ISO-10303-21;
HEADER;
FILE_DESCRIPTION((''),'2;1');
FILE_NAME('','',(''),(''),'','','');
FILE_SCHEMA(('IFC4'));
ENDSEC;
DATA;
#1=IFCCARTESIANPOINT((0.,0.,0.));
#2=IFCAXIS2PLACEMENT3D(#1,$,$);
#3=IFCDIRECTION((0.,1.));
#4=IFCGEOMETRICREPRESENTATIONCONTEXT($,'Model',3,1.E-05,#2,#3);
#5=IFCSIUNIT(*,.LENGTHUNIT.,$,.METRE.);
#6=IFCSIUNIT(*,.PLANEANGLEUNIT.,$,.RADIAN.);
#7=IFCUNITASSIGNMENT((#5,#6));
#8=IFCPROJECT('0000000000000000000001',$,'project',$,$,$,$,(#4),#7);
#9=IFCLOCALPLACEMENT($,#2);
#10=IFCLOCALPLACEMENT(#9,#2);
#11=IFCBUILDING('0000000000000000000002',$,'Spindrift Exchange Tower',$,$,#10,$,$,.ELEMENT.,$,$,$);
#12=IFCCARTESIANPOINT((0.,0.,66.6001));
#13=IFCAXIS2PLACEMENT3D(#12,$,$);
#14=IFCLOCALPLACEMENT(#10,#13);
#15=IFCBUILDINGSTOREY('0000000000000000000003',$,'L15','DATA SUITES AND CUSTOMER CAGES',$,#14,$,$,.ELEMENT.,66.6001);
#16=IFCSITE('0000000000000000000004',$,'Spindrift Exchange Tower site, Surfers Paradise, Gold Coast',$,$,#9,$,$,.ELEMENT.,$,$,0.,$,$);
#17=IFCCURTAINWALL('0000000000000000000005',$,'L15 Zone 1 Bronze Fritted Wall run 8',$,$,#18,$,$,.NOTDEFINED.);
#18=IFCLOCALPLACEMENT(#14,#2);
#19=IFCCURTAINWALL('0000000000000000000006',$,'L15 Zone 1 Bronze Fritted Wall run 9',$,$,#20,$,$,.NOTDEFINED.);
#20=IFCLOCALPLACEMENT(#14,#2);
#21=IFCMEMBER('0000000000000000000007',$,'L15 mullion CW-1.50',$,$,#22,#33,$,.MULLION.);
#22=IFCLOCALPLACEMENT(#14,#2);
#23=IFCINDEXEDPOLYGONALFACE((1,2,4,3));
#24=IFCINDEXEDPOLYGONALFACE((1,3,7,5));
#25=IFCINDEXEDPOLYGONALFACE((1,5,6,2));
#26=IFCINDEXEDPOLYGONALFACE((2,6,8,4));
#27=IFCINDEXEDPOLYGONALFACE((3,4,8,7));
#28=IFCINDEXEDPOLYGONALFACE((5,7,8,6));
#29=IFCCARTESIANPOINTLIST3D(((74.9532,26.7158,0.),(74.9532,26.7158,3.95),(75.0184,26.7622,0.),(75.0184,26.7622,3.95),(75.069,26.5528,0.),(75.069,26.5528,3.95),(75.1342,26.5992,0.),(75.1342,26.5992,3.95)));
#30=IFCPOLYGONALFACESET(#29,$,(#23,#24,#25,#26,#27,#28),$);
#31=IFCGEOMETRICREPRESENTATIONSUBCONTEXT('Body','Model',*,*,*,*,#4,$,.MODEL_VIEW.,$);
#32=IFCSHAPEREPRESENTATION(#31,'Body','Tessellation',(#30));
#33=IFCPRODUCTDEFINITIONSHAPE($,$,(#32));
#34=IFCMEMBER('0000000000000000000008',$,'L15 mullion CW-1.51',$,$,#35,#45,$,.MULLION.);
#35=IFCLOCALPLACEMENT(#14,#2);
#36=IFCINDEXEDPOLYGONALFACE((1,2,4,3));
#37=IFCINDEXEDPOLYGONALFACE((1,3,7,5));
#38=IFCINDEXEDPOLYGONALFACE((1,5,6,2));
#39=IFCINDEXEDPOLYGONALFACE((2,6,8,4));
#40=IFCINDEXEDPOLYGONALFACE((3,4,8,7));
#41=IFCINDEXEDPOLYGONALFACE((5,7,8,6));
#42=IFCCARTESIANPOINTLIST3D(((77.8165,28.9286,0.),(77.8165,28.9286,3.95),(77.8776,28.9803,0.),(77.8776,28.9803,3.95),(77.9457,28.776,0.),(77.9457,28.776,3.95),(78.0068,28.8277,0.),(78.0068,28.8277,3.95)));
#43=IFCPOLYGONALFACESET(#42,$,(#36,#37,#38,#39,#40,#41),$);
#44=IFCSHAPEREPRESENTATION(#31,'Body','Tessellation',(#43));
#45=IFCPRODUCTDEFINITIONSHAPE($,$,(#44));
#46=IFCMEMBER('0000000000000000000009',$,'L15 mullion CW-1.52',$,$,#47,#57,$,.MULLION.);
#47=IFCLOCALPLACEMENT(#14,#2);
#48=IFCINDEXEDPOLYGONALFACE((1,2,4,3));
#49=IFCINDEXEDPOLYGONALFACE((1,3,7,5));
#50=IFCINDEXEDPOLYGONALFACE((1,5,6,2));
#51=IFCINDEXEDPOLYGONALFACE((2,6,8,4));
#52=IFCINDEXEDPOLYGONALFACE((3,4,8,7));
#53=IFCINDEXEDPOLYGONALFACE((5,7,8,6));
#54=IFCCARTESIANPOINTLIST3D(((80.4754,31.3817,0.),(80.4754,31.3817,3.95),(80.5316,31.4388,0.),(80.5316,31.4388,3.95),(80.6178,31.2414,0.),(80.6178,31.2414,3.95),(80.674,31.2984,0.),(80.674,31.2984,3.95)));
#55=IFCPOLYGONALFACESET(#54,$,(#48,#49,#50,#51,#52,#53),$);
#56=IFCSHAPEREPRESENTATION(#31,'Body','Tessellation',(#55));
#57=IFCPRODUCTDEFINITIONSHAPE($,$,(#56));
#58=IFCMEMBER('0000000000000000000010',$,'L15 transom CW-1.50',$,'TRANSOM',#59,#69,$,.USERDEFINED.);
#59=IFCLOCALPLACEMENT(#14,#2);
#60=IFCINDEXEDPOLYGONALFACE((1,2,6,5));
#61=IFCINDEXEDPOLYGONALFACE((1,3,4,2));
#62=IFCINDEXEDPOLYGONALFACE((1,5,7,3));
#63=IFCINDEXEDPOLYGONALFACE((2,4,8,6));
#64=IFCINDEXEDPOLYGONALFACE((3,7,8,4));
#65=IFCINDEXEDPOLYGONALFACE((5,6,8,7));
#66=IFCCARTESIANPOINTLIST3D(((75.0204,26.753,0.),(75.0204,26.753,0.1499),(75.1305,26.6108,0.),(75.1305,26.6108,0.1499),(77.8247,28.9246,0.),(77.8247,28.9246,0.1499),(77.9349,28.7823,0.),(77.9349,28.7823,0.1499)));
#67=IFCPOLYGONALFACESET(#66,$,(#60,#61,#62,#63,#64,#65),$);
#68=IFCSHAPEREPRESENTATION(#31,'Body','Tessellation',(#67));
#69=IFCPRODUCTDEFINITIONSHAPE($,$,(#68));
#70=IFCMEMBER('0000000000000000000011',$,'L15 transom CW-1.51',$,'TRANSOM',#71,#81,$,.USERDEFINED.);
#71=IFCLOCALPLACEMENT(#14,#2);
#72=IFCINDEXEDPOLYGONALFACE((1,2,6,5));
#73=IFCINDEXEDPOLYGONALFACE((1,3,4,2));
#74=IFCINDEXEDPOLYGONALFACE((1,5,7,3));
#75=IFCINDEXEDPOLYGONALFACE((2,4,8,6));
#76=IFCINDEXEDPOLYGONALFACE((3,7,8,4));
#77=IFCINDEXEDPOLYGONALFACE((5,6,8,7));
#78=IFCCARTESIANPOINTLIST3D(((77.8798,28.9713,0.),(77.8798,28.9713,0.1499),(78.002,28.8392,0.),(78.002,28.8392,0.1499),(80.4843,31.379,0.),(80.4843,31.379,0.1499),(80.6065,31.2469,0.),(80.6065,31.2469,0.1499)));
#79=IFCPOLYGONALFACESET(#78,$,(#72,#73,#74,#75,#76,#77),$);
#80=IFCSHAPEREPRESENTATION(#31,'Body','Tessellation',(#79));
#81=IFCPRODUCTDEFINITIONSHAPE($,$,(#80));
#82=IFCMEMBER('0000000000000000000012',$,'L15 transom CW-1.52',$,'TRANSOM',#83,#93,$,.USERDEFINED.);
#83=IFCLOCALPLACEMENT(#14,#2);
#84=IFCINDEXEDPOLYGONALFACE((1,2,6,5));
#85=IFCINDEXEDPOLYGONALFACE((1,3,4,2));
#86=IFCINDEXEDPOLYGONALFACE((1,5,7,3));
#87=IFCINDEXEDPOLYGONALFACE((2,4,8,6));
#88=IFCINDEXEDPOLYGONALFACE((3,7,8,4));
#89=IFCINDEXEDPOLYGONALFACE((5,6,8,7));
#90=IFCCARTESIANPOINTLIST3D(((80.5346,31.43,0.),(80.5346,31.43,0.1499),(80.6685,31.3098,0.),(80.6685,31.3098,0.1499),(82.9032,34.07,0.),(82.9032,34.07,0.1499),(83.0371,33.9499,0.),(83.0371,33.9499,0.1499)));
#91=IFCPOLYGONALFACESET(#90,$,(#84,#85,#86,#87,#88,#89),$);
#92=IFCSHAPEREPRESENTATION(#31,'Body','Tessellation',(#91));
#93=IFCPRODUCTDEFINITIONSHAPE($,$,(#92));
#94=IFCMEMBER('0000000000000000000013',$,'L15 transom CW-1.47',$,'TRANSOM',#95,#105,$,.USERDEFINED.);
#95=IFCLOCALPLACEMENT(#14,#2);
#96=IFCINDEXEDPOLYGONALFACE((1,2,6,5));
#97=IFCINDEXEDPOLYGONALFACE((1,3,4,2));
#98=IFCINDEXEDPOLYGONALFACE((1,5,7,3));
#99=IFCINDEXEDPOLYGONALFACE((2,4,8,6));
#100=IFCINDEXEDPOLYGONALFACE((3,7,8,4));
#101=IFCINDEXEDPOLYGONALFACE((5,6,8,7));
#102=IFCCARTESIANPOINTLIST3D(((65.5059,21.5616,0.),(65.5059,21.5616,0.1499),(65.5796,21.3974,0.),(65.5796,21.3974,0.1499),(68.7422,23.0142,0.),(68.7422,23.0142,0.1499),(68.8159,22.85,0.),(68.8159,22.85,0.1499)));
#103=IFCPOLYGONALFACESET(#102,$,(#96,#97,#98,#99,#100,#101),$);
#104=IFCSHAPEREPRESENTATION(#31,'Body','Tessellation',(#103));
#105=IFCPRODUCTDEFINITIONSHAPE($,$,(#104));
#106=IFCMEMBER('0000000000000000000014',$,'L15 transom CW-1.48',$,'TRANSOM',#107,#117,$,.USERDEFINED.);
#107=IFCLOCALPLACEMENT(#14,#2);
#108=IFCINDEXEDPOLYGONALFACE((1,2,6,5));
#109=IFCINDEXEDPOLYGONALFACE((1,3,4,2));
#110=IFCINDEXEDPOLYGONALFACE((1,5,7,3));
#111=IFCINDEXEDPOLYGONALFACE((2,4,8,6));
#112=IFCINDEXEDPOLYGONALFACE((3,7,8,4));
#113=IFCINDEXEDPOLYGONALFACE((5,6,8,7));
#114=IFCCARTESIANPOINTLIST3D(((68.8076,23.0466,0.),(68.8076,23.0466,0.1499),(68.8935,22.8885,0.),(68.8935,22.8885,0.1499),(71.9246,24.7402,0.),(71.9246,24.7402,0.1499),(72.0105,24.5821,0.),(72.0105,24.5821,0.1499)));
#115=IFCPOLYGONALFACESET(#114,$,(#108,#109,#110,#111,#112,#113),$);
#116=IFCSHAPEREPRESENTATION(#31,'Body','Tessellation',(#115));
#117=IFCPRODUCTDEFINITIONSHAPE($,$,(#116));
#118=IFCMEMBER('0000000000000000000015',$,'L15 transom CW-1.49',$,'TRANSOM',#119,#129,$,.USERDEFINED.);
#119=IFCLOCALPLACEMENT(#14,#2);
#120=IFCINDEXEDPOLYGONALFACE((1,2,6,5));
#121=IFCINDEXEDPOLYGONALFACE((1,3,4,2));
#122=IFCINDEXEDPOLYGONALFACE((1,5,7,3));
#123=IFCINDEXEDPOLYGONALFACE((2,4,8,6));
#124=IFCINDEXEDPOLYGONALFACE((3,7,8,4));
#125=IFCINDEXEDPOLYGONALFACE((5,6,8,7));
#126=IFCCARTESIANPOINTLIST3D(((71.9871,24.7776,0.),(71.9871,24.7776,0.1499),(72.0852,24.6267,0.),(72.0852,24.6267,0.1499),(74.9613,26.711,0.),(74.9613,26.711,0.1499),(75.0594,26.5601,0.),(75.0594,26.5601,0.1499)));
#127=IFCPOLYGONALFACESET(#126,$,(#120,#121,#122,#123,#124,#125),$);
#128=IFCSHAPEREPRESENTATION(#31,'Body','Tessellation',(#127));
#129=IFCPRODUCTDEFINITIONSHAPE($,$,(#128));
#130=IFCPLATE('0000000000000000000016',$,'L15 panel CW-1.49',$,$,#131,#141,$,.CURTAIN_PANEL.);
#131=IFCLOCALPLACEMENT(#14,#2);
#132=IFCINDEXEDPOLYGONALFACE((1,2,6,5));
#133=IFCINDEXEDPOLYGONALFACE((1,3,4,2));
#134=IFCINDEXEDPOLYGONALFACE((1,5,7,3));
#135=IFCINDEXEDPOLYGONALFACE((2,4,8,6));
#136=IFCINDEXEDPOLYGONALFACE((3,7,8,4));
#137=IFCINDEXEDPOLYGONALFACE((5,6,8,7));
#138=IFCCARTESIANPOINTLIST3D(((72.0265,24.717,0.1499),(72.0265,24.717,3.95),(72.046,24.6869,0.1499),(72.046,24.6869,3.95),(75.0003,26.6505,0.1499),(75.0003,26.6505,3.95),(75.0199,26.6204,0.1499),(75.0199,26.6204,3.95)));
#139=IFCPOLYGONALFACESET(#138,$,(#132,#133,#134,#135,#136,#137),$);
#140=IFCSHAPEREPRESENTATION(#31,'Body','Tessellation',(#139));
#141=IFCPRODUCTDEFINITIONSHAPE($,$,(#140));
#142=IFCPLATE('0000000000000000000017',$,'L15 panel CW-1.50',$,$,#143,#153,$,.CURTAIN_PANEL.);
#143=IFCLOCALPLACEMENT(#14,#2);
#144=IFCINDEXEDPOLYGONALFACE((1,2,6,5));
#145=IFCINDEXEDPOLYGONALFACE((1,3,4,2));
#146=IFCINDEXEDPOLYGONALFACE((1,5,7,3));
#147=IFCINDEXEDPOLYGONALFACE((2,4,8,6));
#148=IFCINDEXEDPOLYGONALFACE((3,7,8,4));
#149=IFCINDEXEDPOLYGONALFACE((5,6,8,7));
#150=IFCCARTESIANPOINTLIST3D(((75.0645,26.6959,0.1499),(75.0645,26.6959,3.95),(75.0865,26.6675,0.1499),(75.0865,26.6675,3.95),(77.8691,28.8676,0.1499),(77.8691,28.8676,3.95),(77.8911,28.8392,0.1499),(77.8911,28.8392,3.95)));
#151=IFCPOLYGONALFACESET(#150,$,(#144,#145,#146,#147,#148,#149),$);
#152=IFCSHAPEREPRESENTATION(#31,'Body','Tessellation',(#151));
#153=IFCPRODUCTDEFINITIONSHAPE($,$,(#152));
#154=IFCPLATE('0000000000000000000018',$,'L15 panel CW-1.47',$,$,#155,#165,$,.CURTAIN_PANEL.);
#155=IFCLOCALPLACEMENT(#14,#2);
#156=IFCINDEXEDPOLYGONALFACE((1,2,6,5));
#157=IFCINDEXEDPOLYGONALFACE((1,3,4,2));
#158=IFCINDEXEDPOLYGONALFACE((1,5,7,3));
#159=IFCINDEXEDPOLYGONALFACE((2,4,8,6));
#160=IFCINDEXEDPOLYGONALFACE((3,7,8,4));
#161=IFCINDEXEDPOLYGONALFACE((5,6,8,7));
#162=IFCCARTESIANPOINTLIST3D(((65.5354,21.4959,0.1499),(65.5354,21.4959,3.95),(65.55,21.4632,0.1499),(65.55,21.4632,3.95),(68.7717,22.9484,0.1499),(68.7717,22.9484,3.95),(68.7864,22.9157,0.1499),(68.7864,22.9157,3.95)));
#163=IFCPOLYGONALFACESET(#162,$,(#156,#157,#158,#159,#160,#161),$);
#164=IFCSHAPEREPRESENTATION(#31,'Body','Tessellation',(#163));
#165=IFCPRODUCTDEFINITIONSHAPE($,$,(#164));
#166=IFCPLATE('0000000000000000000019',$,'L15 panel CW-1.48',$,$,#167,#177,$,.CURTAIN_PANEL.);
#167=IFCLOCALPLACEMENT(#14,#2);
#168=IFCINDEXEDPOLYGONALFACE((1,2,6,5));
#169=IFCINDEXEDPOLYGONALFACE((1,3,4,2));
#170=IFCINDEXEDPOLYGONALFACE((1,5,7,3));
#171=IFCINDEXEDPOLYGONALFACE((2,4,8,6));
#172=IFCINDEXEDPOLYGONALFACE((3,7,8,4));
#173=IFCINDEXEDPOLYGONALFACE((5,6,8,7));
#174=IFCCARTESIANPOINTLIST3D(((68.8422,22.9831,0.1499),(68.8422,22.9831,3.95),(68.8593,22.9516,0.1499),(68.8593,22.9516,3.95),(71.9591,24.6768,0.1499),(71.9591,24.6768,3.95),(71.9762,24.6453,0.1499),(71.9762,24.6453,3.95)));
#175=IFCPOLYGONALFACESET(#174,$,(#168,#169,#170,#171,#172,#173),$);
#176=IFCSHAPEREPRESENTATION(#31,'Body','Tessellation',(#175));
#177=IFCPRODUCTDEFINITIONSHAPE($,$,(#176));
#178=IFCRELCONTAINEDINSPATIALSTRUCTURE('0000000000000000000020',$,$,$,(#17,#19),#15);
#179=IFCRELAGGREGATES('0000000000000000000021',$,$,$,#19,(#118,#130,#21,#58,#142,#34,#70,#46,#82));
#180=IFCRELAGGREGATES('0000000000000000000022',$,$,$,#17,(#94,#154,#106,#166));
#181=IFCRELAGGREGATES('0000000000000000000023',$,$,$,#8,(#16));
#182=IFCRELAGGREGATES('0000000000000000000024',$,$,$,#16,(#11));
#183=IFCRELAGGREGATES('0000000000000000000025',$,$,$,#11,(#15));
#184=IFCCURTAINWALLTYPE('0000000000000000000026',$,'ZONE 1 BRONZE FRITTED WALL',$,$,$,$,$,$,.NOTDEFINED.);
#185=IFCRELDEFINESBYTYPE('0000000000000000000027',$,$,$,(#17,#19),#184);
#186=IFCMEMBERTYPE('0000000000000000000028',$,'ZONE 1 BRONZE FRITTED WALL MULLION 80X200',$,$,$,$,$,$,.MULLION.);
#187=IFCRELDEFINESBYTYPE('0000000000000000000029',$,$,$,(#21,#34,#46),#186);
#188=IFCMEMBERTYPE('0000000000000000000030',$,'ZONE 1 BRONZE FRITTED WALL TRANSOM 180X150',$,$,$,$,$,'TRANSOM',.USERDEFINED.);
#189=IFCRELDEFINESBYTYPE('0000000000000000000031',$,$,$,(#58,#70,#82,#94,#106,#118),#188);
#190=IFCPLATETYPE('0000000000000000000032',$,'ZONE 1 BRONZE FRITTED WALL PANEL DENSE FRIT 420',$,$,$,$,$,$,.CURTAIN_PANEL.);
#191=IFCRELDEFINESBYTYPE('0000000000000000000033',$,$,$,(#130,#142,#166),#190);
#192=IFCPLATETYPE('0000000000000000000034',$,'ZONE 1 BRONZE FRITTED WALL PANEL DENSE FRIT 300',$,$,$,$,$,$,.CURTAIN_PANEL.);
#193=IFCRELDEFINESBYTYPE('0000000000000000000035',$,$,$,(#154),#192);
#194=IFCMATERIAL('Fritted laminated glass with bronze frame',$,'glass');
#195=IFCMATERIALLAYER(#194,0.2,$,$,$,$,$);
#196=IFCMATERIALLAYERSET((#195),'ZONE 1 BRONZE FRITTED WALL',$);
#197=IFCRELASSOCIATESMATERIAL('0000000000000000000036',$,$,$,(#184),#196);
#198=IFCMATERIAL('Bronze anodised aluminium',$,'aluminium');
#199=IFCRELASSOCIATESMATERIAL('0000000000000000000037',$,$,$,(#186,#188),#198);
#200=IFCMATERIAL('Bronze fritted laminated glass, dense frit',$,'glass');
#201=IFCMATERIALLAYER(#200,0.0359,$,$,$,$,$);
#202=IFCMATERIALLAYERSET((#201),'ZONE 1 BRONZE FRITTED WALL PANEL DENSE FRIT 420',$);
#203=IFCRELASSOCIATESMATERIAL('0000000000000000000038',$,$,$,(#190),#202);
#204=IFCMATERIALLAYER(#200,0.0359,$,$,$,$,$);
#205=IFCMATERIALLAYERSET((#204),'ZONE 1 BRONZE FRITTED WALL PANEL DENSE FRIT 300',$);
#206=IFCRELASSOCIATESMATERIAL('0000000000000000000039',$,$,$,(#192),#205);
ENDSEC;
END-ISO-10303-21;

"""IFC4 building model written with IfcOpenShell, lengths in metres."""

from ifc_helpers import new_model, si_unit, direction, frame, origin, origin_2d, place, context, subcontext, project, spatial, rectangle, extrude, source, transform, mapped, material, layer, layer_set, material_profile, profile_set, type_object, element, aggregate, save


model = new_model("IFC4")

# Units and contexts
model_context = context("Model", 3, precision=1e-05, world=origin(), true_north=direction((0.0, 1.0)))
body_context = subcontext(model_context, "Body", "Model", "MODEL_VIEW")
ifc_project = project(units=[si_unit("LENGTHUNIT", "METRE"), si_unit("PLANEANGLEUNIT", "RADIAN")], contexts=[model_context])

# Site, building, storey
site_placement = place(None, origin())
site = spatial("IfcSite", under=ifc_project, at=site_placement, Name="Spindrift Exchange Tower site, Surfers Paradise, Gold Coast", CompositionType="ELEMENT", RefElevation=0.0)
building_placement = place(site_placement, origin())
building = spatial("IfcBuilding", under=site, at=building_placement, Name="Spindrift Exchange Tower", CompositionType="ELEMENT")
storey_placement = place(building_placement, frame((0.0, 0.0, 66.6001)))
storey = spatial("IfcBuildingStorey", under=building, at=storey_placement, Name="L15", Description="DATA SUITES AND CUSTOMER CAGES", CompositionType="ELEMENT", Elevation=66.6001)

# Curtain walls, members
ifc_material_1 = material(Name="Fritted laminated glass with bronze frame", Category="glass")
ifc_layer_1 = layer(ifc_material_1, 0.2)
ifc_layer_set_1 = layer_set([ifc_layer_1], Name="ZONE 1 BRONZE FRITTED WALL")
curtain_wall_type = type_object("IfcCurtainWallType", Name="ZONE 1 BRONZE FRITTED WALL", PredefinedType="NOTDEFINED", material=ifc_layer_set_1)
curtain_wall_1_placement = place(storey_placement, origin())
curtain_wall_1 = element("IfcCurtainWall", 1, at=curtain_wall_1_placement, inside=storey, type_object=curtain_wall_type, Name="L15 Zone 1 Bronze Fritted Wall run 8", PredefinedType="NOTDEFINED")
ifc_material_2 = material(Name="Bronze anodised aluminium", Category="aluminium")
ifc_material_profile_1 = material_profile(ifc_material_2, rectangle(XDim=0.0801, YDim=0.2, at=origin_2d()), Name="ZONE 1 BRONZE FRITTED WALL MULLION 80X200")
ifc_profile_set_1 = profile_set([ifc_material_profile_1], Name="Bronze anodised aluminium")
member_type_1 = type_object("IfcMemberType", Name="ZONE 1 BRONZE FRITTED WALL MULLION 80X200", PredefinedType="MULLION", material=ifc_profile_set_1)
shared_shape_1 = source(origin(), body_context, "Body", "SweptSolid", [
    extrude(rectangle(XDim=0.0801, YDim=0.2, at=origin_2d()), origin(), (0.0, 0.0, 1.0), 3.95),
])
curtain_wall_2_placement = place(storey_placement, origin())
curtain_wall_2 = element("IfcCurtainWall", 2, at=curtain_wall_2_placement, inside=storey, type_object=curtain_wall_type, Name="L15 Zone 1 Bronze Fritted Wall run 9", PredefinedType="NOTDEFINED")
member_1_placement = place(storey_placement, frame((75.0437, 26.6575, 0.0), z_axis=(0.0, 0.0, 1.0), x_axis=(0.815221, 0.57915, 0.0)))
member_1 = element("IfcMember", 3, at=member_1_placement, type_object=member_type_1, Name="L15 mullion CW-1.50", PredefinedType="MULLION", context=body_context, shape_type="MappedRepresentation", body=[
    mapped(shared_shape_1, transform((0.0, 0.0, 0.0), scale=1.0)),
])
member_2_placement = place(storey_placement, frame((77.9116, 28.8782, 0.0), z_axis=(0.0, 0.0, 1.0), x_axis=(0.763206, 0.646156, 0.0)))
member_2 = element("IfcMember", 4, at=member_2_placement, type_object=member_type_1, Name="L15 mullion CW-1.51", PredefinedType="MULLION", context=body_context, shape_type="MappedRepresentation", body=[
    mapped(shared_shape_1, transform((0.0, 0.0, 0.0), scale=1.0)),
])
member_3_placement = place(storey_placement, frame((80.5747, 31.3401, 0.0), z_axis=(0.0, 0.0, 1.0), x_axis=(0.701822, 0.712353, 0.0)))
member_3 = element("IfcMember", 5, at=member_3_placement, type_object=member_type_1, Name="L15 mullion CW-1.52", PredefinedType="MULLION", context=body_context, shape_type="MappedRepresentation", body=[
    mapped(shared_shape_1, transform((0.0, 0.0, 0.0), scale=1.0)),
])
ifc_material_profile_2 = material_profile(ifc_material_2, rectangle(XDim=0.1799, YDim=0.1499, at=origin_2d()), Name="ZONE 1 BRONZE FRITTED WALL TRANSOM 180X150")
ifc_profile_set_2 = profile_set([ifc_material_profile_2], Name="Bronze anodised aluminium")
member_type_2 = type_object("IfcMemberType", Name="ZONE 1 BRONZE FRITTED WALL TRANSOM 180X150", ElementType="TRANSOM", PredefinedType="USERDEFINED", material=ifc_profile_set_2)
shared_shape_2 = source(origin(), body_context, "Body", "SweptSolid", [
    extrude(rectangle(XDim=0.1799, YDim=0.1499, at=origin_2d()), origin(), (0.0, 0.0, 1.0), 3.5469),
])
member_4_placement = place(storey_placement, frame((75.0754, 26.6819, 0.075), z_axis=(0.790662, 0.612252, 0.0), x_axis=(-0.612252, 0.790662, 0.0)))
member_4 = element("IfcMember", 6, at=member_4_placement, type_object=member_type_2, Name="L15 transom CW-1.50", ObjectType="TRANSOM", PredefinedType="USERDEFINED", context=body_context, shape_type="MappedRepresentation", body=[
    mapped(shared_shape_2, transform((0.0, 0.0, 0.0), scale=1.0)),
])
member_5_placement = place(storey_placement, frame((77.9409, 28.9053, 0.075), z_axis=(0.734302, 0.678823, 0.0), x_axis=(-0.678823, 0.734302, 0.0)))
member_5 = element("IfcMember", 7, at=member_5_placement, type_object=member_type_2, Name="L15 transom CW-1.51", ObjectType="TRANSOM", PredefinedType="USERDEFINED", context=body_context, shape_type="MappedRepresentation", body=[
    mapped(shared_shape_2, transform((0.0, 0.0, 0.0), scale=1.0)),
])
member_6_placement = place(storey_placement, frame((80.6016, 31.3699, 0.075), z_axis=(0.6678, 0.744341, 0.0), x_axis=(-0.744341, 0.6678, 0.0)))
member_6 = element("IfcMember", 8, at=member_6_placement, type_object=member_type_2, Name="L15 transom CW-1.52", ObjectType="TRANSOM", PredefinedType="USERDEFINED", context=body_context, shape_type="MappedRepresentation", body=[
    mapped(shared_shape_2, transform((0.0, 0.0, 0.0), scale=1.0)),
])

# Members
shared_shape_3 = source(origin(), body_context, "Body", "SweptSolid", [
    extrude(rectangle(XDim=0.1799, YDim=0.1499, at=origin_2d()), origin(), (0.0, 0.0, 1.0), 3.5474),
])
member_7_placement = place(storey_placement, frame((65.5427, 21.4795, 0.075), z_axis=(0.912313, 0.409495, 0.0), x_axis=(-0.409495, 0.912313, 0.0)))
member_7 = element("IfcMember", 9, at=member_7_placement, type_object=member_type_2, Name="L15 transom CW-1.47", ObjectType="TRANSOM", PredefinedType="USERDEFINED", context=body_context, shape_type="MappedRepresentation", body=[
    mapped(shared_shape_3, transform((0.0, 0.0, 0.0), scale=1.0)),
])
member_8_placement = place(storey_placement, frame((68.8506, 22.9675, 0.075), z_axis=(0.87867, 0.477429, 0.0), x_axis=(-0.477429, 0.87867, 0.0)))
member_8 = element("IfcMember", 10, at=member_8_placement, type_object=member_type_2, Name="L15 transom CW-1.48", ObjectType="TRANSOM", PredefinedType="USERDEFINED", context=body_context, shape_type="MappedRepresentation", body=[
    mapped(shared_shape_3, transform((0.0, 0.0, 0.0), scale=1.0)),
])
member_9_placement = place(storey_placement, frame((72.0361, 24.7021, 0.075), z_axis=(0.838422, 0.545022, 0.0), x_axis=(-0.545022, 0.838422, 0.0)))
member_9 = element("IfcMember", 11, at=member_9_placement, type_object=member_type_2, Name="L15 transom CW-1.49", ObjectType="TRANSOM", PredefinedType="USERDEFINED", context=body_context, shape_type="MappedRepresentation", body=[
    mapped(shared_shape_3, transform((0.0, 0.0, 0.0), scale=1.0)),
])

# Plates
ifc_material_3 = material(Name="Bronze fritted laminated glass, dense frit", Category="glass")
ifc_layer_2 = layer(ifc_material_3, 0.0359)
ifc_layer_set_2 = layer_set([ifc_layer_2], Name="ZONE 1 BRONZE FRITTED WALL PANEL DENSE FRIT 420")
plate_type_1 = type_object("IfcPlateType", Name="ZONE 1 BRONZE FRITTED WALL PANEL DENSE FRIT 420", PredefinedType="CURTAIN_PANEL", material=ifc_layer_set_2)
shared_shape_4 = source(origin(), body_context, "Body", "SweptSolid", [
    extrude(rectangle(XDim=3.5471, YDim=0.0359, at=origin_2d()), origin(), (0.0, 0.0, 1.0), 3.8),
])
plate_1_placement = place(storey_placement, frame((73.5232, 25.6687, 0.1499), z_axis=(0.0, 0.0, 1.0), x_axis=(0.838387, 0.545075, 0.0)))
plate_1 = element("IfcPlate", 12, at=plate_1_placement, type_object=plate_type_1, Name="L15 panel CW-1.49", PredefinedType="CURTAIN_PANEL", context=body_context, shape_type="MappedRepresentation", body=[
    mapped(shared_shape_4, transform((0.0, 0.0, 0.0), scale=1.0)),
])
plate_2_placement = place(storey_placement, frame((76.4778, 27.7676, 0.1499), z_axis=(0.0, 0.0, 1.0), x_axis=(0.790671, 0.612241, 0.0)))
plate_2 = element("IfcPlate", 13, at=plate_2_placement, type_object=plate_type_1, Name="L15 panel CW-1.50", PredefinedType="CURTAIN_PANEL", context=body_context, shape_type="MappedRepresentation", body=[
    mapped(shared_shape_4, transform((0.0, 0.0, 0.0), scale=1.0)),
])
ifc_layer_3 = layer(ifc_material_3, 0.0359)
ifc_layer_set_3 = layer_set([ifc_layer_3], Name="ZONE 1 BRONZE FRITTED WALL PANEL DENSE FRIT 300")
plate_type_2 = type_object("IfcPlateType", Name="ZONE 1 BRONZE FRITTED WALL PANEL DENSE FRIT 300", PredefinedType="CURTAIN_PANEL", material=ifc_layer_set_3)
shared_shape_5 = source(origin(), body_context, "Body", "SweptSolid", [
    extrude(rectangle(XDim=3.5474, YDim=0.0359, at=origin_2d()), origin(), (0.0, 0.0, 1.0), 3.8),
])
plate_3_placement = place(storey_placement, frame((67.1609, 22.2058, 0.1499), z_axis=(0.0, 0.0, 1.0), x_axis=(0.912332, 0.40945, 0.0)))
plate_3 = element("IfcPlate", 14, at=plate_3_placement, type_object=plate_type_2, Name="L15 panel CW-1.47", PredefinedType="CURTAIN_PANEL", context=body_context, shape_type="MappedRepresentation", body=[
    mapped(shared_shape_5, transform((0.0, 0.0, 0.0), scale=1.0)),
])
shared_shape_6 = source(origin(), body_context, "Body", "SweptSolid", [
    extrude(rectangle(XDim=3.5474, YDim=0.0359, at=origin_2d()), origin(), (0.0, 0.0, 1.0), 3.8),
])
plate_4_placement = place(storey_placement, frame((70.4092, 23.8142, 0.1499), z_axis=(0.0, 0.0, 1.0), x_axis=(0.878656, 0.477455, 0.0)))
plate_4 = element("IfcPlate", 15, at=plate_4_placement, type_object=plate_type_1, Name="L15 panel CW-1.48", PredefinedType="CURTAIN_PANEL", context=body_context, shape_type="MappedRepresentation", body=[
    mapped(shared_shape_6, transform((0.0, 0.0, 0.0), scale=1.0)),
])
aggregate(curtain_wall_2, [member_9, plate_1, member_1, member_4, plate_2, member_2, member_5, member_3, member_6])
aggregate(curtain_wall_1, [member_7, plate_3, member_8, plate_4])

save(model, "model.ifc")
